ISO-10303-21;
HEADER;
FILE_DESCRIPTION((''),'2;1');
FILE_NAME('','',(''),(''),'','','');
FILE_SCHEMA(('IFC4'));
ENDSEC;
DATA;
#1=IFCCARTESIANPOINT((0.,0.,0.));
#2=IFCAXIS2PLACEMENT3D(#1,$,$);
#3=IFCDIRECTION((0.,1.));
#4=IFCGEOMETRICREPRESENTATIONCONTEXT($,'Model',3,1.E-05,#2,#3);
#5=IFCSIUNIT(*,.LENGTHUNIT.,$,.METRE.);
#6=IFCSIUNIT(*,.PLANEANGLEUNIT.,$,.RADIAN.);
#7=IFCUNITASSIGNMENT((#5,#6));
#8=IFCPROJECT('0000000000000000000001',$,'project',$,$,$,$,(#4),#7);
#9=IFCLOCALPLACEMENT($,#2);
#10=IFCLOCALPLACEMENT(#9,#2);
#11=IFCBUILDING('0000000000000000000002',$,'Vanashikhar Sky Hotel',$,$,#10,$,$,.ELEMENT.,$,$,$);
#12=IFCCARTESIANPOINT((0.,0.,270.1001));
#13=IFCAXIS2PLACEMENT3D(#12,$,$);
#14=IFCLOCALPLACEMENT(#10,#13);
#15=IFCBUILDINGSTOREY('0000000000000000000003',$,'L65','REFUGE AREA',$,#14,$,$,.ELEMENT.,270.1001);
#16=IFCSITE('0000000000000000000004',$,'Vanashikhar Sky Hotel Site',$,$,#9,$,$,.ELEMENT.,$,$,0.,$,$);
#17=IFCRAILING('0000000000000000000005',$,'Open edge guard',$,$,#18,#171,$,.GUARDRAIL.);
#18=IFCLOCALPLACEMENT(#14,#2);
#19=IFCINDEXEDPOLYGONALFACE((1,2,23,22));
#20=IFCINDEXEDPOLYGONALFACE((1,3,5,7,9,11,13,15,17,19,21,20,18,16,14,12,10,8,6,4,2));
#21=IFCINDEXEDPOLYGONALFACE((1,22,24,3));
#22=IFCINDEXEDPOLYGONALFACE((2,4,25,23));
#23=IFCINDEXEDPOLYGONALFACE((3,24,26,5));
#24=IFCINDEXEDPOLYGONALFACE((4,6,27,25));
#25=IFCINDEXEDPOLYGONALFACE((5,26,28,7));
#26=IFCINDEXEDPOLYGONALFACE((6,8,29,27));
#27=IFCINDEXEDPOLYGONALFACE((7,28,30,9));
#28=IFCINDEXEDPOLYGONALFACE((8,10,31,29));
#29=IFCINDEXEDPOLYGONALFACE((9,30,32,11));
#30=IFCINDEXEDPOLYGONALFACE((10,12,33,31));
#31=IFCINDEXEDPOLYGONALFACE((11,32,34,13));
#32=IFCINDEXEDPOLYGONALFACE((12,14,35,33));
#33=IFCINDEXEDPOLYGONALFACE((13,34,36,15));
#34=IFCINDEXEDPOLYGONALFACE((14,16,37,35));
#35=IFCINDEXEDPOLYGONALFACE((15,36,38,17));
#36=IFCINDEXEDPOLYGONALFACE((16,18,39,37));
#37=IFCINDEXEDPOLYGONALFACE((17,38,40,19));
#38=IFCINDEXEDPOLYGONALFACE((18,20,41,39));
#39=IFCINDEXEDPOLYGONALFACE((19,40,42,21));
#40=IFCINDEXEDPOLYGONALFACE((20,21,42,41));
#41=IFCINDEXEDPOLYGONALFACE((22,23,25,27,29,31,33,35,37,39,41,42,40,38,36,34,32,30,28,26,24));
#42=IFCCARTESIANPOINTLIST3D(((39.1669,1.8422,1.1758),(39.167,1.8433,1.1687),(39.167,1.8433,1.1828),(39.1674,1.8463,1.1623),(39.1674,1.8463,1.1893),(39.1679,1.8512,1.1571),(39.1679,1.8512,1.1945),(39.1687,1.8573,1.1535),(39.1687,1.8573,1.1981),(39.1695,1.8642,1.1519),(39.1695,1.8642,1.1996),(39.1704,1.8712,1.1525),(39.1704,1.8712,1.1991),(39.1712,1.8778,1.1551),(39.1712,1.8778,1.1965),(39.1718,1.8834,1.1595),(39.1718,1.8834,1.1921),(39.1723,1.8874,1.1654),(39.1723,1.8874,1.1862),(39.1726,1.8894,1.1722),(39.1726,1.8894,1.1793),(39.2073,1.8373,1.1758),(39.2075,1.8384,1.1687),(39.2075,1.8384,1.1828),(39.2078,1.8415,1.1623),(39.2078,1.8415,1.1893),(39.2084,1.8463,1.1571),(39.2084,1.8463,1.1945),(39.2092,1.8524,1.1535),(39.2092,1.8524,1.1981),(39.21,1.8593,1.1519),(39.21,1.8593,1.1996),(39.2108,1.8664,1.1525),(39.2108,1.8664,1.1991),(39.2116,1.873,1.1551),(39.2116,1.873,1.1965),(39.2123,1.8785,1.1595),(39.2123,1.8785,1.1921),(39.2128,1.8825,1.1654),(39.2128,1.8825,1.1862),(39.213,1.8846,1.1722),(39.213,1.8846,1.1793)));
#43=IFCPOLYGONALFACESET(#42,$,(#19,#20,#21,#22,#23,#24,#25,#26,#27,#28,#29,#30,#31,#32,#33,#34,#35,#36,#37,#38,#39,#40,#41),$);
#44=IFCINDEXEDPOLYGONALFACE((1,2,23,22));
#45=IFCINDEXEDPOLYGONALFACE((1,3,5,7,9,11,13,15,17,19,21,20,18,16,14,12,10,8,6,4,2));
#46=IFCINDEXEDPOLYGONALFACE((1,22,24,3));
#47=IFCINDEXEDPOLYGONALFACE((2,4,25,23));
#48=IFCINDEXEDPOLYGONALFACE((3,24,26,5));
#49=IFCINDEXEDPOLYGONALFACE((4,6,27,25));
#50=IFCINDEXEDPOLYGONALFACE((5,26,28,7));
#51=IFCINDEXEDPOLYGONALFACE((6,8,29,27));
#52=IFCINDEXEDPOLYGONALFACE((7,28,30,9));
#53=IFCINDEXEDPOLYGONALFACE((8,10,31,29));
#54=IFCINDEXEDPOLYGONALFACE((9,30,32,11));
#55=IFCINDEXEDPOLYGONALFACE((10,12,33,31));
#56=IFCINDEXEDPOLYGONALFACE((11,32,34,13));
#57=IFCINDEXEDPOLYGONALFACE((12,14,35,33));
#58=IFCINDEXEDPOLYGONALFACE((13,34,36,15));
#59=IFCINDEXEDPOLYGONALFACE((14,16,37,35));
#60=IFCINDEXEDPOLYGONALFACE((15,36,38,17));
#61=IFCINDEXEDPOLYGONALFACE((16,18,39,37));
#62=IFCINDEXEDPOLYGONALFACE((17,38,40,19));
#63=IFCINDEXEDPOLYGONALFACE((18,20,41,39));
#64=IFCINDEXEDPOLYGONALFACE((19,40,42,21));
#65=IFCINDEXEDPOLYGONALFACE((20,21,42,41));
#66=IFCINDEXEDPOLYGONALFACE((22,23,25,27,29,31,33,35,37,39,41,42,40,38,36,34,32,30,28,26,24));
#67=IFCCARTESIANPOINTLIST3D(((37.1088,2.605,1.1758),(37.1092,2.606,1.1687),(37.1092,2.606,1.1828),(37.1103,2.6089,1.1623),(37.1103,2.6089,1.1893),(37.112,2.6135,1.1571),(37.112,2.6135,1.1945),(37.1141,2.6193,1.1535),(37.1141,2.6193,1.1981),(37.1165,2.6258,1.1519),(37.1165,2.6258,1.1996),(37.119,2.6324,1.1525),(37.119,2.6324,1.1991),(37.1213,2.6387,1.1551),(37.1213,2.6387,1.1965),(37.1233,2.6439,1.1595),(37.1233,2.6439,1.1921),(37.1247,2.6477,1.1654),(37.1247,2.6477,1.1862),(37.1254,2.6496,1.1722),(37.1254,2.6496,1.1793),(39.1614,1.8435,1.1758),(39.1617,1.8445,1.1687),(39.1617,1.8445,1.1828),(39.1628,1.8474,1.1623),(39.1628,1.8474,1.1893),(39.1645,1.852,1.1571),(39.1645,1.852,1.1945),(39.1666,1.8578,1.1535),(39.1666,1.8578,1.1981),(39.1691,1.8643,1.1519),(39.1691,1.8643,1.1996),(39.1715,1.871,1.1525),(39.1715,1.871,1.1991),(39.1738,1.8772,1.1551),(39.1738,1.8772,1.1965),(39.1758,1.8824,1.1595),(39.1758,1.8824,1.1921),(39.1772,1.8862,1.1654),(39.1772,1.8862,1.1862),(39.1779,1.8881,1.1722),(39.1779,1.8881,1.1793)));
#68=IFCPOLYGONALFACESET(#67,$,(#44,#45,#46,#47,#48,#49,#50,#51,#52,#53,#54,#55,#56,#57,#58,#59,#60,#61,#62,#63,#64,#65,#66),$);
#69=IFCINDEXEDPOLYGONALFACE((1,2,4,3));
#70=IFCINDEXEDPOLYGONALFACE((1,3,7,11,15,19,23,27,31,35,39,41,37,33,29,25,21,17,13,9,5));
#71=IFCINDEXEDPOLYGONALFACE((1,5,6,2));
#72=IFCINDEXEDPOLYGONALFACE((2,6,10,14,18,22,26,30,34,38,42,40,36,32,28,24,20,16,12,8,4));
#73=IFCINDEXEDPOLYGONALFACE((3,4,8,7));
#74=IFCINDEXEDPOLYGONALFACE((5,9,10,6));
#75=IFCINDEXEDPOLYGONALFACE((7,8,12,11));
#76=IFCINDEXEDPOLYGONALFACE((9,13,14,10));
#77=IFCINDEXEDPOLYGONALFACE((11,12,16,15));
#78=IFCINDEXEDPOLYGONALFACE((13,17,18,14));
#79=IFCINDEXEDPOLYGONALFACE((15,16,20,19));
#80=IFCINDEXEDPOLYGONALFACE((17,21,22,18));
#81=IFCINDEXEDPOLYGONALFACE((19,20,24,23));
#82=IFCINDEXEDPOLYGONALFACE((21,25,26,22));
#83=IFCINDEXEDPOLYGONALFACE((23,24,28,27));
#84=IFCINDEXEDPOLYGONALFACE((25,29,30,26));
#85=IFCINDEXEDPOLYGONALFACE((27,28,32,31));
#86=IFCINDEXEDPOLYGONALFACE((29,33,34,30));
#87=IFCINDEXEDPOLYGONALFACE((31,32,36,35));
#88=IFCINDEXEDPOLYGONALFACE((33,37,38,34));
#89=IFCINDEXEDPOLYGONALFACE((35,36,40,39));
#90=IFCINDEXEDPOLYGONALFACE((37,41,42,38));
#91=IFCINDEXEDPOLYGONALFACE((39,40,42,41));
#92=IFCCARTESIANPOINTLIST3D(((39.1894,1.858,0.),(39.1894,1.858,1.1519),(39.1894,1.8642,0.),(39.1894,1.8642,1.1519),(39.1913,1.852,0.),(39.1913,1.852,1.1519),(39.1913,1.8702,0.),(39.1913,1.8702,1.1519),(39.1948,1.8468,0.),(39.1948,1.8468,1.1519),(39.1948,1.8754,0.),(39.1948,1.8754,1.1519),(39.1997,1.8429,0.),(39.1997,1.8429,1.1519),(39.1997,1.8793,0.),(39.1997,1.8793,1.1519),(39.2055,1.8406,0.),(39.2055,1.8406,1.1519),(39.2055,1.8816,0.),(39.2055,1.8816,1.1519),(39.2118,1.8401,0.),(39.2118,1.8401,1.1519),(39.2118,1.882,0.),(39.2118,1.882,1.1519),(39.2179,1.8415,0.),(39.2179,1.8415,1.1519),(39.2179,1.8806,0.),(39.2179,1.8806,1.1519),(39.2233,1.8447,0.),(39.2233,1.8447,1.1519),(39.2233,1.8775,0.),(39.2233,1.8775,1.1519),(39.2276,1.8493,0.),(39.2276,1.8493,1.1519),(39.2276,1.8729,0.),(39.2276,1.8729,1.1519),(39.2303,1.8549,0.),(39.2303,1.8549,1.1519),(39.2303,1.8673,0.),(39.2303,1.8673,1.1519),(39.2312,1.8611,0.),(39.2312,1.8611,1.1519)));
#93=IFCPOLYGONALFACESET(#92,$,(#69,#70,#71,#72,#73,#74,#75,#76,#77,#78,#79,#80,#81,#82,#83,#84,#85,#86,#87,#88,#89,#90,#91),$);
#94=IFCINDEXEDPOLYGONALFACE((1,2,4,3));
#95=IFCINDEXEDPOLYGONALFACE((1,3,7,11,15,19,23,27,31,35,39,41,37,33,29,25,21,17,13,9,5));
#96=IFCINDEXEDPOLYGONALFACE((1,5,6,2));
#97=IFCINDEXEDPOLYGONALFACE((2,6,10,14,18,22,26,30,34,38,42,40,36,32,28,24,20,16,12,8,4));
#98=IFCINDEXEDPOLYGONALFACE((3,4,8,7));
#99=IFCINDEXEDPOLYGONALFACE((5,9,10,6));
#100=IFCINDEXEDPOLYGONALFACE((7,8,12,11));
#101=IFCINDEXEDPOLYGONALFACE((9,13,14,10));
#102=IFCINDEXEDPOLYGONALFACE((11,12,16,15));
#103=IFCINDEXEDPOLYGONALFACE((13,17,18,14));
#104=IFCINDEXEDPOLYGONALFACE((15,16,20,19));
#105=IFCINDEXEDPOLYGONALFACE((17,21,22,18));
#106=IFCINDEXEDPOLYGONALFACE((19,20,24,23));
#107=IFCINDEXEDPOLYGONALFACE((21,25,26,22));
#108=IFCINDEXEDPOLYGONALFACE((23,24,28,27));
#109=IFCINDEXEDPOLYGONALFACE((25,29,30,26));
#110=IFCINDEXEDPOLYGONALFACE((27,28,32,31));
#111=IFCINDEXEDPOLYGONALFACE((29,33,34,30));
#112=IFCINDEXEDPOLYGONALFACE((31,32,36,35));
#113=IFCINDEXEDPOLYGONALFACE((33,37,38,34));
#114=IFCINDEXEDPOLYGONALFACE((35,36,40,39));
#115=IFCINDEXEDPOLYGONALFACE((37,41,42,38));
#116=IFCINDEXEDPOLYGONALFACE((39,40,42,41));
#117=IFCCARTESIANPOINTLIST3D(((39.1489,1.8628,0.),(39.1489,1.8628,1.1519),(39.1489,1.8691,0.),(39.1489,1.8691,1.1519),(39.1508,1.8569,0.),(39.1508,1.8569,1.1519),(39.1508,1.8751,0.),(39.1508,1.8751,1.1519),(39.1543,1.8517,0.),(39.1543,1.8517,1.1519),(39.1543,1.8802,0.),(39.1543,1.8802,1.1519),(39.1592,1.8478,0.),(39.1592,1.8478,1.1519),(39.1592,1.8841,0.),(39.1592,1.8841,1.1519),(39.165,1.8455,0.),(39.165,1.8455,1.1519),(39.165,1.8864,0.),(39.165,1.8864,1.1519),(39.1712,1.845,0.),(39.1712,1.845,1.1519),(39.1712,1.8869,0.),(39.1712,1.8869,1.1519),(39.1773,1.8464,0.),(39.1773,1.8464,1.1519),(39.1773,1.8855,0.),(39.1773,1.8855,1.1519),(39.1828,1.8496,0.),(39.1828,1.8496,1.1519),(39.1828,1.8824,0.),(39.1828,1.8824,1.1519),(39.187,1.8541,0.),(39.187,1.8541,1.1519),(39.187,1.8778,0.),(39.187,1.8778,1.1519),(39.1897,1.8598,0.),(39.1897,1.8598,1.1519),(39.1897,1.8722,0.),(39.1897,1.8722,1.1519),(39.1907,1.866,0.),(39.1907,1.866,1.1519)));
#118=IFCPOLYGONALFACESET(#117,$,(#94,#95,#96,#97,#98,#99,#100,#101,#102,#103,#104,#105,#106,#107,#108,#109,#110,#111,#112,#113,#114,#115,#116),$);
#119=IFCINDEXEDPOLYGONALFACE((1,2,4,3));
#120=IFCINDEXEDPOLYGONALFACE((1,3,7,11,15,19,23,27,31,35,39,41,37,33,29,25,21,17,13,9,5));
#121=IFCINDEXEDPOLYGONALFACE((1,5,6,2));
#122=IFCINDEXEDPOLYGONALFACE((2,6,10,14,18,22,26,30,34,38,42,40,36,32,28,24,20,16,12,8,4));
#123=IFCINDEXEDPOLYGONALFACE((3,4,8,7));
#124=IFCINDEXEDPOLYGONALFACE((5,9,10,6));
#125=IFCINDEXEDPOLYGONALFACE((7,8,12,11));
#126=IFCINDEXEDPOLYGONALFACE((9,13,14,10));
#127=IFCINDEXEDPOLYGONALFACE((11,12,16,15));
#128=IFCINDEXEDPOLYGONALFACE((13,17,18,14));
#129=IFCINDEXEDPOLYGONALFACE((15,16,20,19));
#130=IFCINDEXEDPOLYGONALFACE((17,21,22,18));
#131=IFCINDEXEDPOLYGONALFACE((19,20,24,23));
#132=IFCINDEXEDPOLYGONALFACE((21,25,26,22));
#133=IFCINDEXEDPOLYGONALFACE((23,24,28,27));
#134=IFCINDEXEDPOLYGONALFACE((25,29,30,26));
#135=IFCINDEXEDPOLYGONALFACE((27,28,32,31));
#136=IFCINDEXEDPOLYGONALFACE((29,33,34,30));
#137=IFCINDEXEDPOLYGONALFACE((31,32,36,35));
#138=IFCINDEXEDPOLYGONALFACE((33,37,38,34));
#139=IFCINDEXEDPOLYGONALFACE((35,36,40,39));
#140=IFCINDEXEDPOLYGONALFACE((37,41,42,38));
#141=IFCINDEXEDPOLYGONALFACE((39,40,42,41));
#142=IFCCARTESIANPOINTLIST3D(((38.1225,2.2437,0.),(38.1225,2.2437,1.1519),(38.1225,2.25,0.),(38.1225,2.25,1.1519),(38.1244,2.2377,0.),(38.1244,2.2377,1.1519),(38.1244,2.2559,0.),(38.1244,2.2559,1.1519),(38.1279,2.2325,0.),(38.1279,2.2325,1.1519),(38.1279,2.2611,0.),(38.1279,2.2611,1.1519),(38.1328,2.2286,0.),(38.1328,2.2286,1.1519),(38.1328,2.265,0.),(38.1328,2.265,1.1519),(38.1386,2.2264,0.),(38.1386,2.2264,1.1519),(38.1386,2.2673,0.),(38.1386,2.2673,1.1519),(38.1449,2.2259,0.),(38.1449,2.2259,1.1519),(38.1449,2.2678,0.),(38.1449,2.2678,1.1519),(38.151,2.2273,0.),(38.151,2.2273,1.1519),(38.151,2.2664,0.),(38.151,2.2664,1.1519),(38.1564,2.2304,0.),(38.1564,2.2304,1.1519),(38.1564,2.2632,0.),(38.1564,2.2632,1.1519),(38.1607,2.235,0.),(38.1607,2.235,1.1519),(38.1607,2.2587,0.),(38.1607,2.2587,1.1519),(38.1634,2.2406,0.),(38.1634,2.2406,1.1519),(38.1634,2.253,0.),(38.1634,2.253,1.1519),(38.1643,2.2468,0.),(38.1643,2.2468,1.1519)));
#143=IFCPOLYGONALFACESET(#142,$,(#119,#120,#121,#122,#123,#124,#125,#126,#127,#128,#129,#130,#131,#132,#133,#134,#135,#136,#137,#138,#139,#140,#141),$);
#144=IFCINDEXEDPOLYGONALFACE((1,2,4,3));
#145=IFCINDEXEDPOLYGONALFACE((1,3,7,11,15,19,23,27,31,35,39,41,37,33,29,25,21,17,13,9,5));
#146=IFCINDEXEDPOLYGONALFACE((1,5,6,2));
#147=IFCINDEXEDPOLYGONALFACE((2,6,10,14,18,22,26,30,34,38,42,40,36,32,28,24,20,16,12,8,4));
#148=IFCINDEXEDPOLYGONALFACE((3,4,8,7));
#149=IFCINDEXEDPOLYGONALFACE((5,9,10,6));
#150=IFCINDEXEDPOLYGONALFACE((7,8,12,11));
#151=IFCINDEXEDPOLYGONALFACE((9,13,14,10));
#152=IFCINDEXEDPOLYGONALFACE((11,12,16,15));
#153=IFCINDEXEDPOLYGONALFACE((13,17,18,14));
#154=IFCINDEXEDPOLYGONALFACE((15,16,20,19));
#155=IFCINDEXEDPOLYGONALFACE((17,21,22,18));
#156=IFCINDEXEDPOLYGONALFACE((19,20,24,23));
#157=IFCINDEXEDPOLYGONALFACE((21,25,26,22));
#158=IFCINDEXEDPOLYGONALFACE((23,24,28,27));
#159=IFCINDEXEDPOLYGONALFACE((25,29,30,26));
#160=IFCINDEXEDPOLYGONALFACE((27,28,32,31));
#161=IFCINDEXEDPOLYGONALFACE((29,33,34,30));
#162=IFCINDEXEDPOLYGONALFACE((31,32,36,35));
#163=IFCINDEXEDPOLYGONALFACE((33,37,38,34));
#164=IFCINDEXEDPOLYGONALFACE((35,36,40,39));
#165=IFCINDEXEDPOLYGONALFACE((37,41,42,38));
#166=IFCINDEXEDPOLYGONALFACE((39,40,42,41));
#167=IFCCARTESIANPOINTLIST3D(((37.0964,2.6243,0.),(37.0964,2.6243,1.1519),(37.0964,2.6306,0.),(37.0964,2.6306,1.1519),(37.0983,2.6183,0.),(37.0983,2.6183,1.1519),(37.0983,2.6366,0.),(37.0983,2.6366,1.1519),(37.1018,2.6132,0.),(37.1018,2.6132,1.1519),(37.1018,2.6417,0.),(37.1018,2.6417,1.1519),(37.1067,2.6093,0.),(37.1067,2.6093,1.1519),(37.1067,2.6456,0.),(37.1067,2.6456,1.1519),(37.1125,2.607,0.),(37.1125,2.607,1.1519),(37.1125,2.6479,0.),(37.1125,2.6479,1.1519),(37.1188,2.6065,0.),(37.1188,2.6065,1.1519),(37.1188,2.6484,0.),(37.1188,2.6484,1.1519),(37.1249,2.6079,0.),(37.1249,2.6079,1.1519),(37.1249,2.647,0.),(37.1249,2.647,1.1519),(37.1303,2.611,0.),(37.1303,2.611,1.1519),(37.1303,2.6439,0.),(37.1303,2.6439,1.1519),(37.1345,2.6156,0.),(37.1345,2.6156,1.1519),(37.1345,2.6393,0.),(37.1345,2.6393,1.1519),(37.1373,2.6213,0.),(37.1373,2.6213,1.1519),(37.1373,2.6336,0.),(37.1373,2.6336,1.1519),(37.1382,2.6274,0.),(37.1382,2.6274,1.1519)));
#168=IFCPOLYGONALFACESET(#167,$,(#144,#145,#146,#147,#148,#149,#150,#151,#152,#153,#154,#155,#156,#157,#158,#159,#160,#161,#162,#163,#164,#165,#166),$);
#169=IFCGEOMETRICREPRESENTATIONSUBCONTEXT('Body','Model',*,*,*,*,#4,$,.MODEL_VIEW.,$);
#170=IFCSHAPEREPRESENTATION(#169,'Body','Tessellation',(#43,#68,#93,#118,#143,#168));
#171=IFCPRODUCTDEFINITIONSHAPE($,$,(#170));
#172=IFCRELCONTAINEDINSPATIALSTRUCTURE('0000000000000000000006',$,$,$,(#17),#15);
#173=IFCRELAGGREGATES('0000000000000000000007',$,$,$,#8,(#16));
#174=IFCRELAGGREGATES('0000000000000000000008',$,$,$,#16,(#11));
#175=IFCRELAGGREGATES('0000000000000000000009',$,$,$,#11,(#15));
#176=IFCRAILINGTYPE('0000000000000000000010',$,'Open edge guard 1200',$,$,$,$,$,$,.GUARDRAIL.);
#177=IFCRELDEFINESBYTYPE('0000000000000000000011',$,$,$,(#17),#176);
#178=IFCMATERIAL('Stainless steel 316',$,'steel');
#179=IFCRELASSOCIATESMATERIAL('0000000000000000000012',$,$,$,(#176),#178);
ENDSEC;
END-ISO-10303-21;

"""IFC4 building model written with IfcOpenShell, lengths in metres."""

from ifc_helpers import new_model, si_unit, direction, frame, origin, origin_2d, place, context, subcontext, project, spatial, circle, extrude, source, transform, mapped, material, type_object, element, save


model = new_model("IFC4")

# Units and contexts
model_context = context("Model", 3, precision=1e-05, world=origin(), true_north=direction((0.0, 1.0)))
body_context = subcontext(model_context, "Body", "Model", "MODEL_VIEW")
ifc_project = project(units=[si_unit("LENGTHUNIT", "METRE"), si_unit("PLANEANGLEUNIT", "RADIAN")], contexts=[model_context])

# Site, building, storey
site_placement = place(None, origin())
site = spatial("IfcSite", under=ifc_project, at=site_placement, Name="Vanashikhar Sky Hotel Site", CompositionType="ELEMENT", RefElevation=0.0)
building_placement = place(site_placement, origin())
building = spatial("IfcBuilding", under=site, at=building_placement, Name="Vanashikhar Sky Hotel", CompositionType="ELEMENT")
storey_placement = place(building_placement, frame((0.0, 0.0, 270.1001)))
storey = spatial("IfcBuildingStorey", under=building, at=storey_placement, Name="L65", Description="REFUGE AREA", CompositionType="ELEMENT", Elevation=270.1001)

# Railing
ifc_material_1 = material(Name="Stainless steel 316", Category="steel")
railing_type = type_object("IfcRailingType", Name="Open edge guard 1200", PredefinedType="GUARDRAIL", material=ifc_material_1)
shared_shape_1 = source(origin(), body_context, "Body", "SweptSolid", [
    extrude(circle(Radius=0.0239, at=origin_2d()), frame((0.0, 0.0, 1.1758), z_axis=(-0.99282, 0.119617, 0.0), x_axis=(-0.119617, -0.99282, 0.0)), (0.0, 0.0, 1.0), 0.0408),
    extrude(circle(Radius=0.0239, at=origin_2d()), frame((-0.0405, 0.0049, 1.1758), z_axis=(-0.937556, 0.347834, 0.0), x_axis=(-0.347834, -0.937556, 0.0)), (0.0, 0.0, 1.0), 2.1892),
    extrude(circle(Radius=0.021, at=origin_2d()), origin(), (0.0, 0.0, 1.0), 1.1519),
    extrude(circle(Radius=0.021, at=origin_2d()), frame((-0.0405, 0.0049, 0.0)), (0.0, 0.0, 1.0), 1.1519),
    extrude(circle(Radius=0.021, at=origin_2d()), frame((-1.0669, 0.3857, 0.0)), (0.0, 0.0, 1.0), 1.1519),
    extrude(circle(Radius=0.021, at=origin_2d()), frame((-2.093, 0.7664, 0.0)), (0.0, 0.0, 1.0), 1.1519),
])
railing_1_placement = place(storey_placement, frame((39.2102, 1.8611, 0.0)))
element("IfcRailing", 1, at=railing_1_placement, inside=storey, type_object=railing_type, Name="Open edge guard", PredefinedType="GUARDRAIL", context=body_context, shape_type="MappedRepresentation", body=[
    mapped(shared_shape_1, transform((0.0, 0.0, 0.0), scale=1.0)),
])

save(model, "model.ifc")
